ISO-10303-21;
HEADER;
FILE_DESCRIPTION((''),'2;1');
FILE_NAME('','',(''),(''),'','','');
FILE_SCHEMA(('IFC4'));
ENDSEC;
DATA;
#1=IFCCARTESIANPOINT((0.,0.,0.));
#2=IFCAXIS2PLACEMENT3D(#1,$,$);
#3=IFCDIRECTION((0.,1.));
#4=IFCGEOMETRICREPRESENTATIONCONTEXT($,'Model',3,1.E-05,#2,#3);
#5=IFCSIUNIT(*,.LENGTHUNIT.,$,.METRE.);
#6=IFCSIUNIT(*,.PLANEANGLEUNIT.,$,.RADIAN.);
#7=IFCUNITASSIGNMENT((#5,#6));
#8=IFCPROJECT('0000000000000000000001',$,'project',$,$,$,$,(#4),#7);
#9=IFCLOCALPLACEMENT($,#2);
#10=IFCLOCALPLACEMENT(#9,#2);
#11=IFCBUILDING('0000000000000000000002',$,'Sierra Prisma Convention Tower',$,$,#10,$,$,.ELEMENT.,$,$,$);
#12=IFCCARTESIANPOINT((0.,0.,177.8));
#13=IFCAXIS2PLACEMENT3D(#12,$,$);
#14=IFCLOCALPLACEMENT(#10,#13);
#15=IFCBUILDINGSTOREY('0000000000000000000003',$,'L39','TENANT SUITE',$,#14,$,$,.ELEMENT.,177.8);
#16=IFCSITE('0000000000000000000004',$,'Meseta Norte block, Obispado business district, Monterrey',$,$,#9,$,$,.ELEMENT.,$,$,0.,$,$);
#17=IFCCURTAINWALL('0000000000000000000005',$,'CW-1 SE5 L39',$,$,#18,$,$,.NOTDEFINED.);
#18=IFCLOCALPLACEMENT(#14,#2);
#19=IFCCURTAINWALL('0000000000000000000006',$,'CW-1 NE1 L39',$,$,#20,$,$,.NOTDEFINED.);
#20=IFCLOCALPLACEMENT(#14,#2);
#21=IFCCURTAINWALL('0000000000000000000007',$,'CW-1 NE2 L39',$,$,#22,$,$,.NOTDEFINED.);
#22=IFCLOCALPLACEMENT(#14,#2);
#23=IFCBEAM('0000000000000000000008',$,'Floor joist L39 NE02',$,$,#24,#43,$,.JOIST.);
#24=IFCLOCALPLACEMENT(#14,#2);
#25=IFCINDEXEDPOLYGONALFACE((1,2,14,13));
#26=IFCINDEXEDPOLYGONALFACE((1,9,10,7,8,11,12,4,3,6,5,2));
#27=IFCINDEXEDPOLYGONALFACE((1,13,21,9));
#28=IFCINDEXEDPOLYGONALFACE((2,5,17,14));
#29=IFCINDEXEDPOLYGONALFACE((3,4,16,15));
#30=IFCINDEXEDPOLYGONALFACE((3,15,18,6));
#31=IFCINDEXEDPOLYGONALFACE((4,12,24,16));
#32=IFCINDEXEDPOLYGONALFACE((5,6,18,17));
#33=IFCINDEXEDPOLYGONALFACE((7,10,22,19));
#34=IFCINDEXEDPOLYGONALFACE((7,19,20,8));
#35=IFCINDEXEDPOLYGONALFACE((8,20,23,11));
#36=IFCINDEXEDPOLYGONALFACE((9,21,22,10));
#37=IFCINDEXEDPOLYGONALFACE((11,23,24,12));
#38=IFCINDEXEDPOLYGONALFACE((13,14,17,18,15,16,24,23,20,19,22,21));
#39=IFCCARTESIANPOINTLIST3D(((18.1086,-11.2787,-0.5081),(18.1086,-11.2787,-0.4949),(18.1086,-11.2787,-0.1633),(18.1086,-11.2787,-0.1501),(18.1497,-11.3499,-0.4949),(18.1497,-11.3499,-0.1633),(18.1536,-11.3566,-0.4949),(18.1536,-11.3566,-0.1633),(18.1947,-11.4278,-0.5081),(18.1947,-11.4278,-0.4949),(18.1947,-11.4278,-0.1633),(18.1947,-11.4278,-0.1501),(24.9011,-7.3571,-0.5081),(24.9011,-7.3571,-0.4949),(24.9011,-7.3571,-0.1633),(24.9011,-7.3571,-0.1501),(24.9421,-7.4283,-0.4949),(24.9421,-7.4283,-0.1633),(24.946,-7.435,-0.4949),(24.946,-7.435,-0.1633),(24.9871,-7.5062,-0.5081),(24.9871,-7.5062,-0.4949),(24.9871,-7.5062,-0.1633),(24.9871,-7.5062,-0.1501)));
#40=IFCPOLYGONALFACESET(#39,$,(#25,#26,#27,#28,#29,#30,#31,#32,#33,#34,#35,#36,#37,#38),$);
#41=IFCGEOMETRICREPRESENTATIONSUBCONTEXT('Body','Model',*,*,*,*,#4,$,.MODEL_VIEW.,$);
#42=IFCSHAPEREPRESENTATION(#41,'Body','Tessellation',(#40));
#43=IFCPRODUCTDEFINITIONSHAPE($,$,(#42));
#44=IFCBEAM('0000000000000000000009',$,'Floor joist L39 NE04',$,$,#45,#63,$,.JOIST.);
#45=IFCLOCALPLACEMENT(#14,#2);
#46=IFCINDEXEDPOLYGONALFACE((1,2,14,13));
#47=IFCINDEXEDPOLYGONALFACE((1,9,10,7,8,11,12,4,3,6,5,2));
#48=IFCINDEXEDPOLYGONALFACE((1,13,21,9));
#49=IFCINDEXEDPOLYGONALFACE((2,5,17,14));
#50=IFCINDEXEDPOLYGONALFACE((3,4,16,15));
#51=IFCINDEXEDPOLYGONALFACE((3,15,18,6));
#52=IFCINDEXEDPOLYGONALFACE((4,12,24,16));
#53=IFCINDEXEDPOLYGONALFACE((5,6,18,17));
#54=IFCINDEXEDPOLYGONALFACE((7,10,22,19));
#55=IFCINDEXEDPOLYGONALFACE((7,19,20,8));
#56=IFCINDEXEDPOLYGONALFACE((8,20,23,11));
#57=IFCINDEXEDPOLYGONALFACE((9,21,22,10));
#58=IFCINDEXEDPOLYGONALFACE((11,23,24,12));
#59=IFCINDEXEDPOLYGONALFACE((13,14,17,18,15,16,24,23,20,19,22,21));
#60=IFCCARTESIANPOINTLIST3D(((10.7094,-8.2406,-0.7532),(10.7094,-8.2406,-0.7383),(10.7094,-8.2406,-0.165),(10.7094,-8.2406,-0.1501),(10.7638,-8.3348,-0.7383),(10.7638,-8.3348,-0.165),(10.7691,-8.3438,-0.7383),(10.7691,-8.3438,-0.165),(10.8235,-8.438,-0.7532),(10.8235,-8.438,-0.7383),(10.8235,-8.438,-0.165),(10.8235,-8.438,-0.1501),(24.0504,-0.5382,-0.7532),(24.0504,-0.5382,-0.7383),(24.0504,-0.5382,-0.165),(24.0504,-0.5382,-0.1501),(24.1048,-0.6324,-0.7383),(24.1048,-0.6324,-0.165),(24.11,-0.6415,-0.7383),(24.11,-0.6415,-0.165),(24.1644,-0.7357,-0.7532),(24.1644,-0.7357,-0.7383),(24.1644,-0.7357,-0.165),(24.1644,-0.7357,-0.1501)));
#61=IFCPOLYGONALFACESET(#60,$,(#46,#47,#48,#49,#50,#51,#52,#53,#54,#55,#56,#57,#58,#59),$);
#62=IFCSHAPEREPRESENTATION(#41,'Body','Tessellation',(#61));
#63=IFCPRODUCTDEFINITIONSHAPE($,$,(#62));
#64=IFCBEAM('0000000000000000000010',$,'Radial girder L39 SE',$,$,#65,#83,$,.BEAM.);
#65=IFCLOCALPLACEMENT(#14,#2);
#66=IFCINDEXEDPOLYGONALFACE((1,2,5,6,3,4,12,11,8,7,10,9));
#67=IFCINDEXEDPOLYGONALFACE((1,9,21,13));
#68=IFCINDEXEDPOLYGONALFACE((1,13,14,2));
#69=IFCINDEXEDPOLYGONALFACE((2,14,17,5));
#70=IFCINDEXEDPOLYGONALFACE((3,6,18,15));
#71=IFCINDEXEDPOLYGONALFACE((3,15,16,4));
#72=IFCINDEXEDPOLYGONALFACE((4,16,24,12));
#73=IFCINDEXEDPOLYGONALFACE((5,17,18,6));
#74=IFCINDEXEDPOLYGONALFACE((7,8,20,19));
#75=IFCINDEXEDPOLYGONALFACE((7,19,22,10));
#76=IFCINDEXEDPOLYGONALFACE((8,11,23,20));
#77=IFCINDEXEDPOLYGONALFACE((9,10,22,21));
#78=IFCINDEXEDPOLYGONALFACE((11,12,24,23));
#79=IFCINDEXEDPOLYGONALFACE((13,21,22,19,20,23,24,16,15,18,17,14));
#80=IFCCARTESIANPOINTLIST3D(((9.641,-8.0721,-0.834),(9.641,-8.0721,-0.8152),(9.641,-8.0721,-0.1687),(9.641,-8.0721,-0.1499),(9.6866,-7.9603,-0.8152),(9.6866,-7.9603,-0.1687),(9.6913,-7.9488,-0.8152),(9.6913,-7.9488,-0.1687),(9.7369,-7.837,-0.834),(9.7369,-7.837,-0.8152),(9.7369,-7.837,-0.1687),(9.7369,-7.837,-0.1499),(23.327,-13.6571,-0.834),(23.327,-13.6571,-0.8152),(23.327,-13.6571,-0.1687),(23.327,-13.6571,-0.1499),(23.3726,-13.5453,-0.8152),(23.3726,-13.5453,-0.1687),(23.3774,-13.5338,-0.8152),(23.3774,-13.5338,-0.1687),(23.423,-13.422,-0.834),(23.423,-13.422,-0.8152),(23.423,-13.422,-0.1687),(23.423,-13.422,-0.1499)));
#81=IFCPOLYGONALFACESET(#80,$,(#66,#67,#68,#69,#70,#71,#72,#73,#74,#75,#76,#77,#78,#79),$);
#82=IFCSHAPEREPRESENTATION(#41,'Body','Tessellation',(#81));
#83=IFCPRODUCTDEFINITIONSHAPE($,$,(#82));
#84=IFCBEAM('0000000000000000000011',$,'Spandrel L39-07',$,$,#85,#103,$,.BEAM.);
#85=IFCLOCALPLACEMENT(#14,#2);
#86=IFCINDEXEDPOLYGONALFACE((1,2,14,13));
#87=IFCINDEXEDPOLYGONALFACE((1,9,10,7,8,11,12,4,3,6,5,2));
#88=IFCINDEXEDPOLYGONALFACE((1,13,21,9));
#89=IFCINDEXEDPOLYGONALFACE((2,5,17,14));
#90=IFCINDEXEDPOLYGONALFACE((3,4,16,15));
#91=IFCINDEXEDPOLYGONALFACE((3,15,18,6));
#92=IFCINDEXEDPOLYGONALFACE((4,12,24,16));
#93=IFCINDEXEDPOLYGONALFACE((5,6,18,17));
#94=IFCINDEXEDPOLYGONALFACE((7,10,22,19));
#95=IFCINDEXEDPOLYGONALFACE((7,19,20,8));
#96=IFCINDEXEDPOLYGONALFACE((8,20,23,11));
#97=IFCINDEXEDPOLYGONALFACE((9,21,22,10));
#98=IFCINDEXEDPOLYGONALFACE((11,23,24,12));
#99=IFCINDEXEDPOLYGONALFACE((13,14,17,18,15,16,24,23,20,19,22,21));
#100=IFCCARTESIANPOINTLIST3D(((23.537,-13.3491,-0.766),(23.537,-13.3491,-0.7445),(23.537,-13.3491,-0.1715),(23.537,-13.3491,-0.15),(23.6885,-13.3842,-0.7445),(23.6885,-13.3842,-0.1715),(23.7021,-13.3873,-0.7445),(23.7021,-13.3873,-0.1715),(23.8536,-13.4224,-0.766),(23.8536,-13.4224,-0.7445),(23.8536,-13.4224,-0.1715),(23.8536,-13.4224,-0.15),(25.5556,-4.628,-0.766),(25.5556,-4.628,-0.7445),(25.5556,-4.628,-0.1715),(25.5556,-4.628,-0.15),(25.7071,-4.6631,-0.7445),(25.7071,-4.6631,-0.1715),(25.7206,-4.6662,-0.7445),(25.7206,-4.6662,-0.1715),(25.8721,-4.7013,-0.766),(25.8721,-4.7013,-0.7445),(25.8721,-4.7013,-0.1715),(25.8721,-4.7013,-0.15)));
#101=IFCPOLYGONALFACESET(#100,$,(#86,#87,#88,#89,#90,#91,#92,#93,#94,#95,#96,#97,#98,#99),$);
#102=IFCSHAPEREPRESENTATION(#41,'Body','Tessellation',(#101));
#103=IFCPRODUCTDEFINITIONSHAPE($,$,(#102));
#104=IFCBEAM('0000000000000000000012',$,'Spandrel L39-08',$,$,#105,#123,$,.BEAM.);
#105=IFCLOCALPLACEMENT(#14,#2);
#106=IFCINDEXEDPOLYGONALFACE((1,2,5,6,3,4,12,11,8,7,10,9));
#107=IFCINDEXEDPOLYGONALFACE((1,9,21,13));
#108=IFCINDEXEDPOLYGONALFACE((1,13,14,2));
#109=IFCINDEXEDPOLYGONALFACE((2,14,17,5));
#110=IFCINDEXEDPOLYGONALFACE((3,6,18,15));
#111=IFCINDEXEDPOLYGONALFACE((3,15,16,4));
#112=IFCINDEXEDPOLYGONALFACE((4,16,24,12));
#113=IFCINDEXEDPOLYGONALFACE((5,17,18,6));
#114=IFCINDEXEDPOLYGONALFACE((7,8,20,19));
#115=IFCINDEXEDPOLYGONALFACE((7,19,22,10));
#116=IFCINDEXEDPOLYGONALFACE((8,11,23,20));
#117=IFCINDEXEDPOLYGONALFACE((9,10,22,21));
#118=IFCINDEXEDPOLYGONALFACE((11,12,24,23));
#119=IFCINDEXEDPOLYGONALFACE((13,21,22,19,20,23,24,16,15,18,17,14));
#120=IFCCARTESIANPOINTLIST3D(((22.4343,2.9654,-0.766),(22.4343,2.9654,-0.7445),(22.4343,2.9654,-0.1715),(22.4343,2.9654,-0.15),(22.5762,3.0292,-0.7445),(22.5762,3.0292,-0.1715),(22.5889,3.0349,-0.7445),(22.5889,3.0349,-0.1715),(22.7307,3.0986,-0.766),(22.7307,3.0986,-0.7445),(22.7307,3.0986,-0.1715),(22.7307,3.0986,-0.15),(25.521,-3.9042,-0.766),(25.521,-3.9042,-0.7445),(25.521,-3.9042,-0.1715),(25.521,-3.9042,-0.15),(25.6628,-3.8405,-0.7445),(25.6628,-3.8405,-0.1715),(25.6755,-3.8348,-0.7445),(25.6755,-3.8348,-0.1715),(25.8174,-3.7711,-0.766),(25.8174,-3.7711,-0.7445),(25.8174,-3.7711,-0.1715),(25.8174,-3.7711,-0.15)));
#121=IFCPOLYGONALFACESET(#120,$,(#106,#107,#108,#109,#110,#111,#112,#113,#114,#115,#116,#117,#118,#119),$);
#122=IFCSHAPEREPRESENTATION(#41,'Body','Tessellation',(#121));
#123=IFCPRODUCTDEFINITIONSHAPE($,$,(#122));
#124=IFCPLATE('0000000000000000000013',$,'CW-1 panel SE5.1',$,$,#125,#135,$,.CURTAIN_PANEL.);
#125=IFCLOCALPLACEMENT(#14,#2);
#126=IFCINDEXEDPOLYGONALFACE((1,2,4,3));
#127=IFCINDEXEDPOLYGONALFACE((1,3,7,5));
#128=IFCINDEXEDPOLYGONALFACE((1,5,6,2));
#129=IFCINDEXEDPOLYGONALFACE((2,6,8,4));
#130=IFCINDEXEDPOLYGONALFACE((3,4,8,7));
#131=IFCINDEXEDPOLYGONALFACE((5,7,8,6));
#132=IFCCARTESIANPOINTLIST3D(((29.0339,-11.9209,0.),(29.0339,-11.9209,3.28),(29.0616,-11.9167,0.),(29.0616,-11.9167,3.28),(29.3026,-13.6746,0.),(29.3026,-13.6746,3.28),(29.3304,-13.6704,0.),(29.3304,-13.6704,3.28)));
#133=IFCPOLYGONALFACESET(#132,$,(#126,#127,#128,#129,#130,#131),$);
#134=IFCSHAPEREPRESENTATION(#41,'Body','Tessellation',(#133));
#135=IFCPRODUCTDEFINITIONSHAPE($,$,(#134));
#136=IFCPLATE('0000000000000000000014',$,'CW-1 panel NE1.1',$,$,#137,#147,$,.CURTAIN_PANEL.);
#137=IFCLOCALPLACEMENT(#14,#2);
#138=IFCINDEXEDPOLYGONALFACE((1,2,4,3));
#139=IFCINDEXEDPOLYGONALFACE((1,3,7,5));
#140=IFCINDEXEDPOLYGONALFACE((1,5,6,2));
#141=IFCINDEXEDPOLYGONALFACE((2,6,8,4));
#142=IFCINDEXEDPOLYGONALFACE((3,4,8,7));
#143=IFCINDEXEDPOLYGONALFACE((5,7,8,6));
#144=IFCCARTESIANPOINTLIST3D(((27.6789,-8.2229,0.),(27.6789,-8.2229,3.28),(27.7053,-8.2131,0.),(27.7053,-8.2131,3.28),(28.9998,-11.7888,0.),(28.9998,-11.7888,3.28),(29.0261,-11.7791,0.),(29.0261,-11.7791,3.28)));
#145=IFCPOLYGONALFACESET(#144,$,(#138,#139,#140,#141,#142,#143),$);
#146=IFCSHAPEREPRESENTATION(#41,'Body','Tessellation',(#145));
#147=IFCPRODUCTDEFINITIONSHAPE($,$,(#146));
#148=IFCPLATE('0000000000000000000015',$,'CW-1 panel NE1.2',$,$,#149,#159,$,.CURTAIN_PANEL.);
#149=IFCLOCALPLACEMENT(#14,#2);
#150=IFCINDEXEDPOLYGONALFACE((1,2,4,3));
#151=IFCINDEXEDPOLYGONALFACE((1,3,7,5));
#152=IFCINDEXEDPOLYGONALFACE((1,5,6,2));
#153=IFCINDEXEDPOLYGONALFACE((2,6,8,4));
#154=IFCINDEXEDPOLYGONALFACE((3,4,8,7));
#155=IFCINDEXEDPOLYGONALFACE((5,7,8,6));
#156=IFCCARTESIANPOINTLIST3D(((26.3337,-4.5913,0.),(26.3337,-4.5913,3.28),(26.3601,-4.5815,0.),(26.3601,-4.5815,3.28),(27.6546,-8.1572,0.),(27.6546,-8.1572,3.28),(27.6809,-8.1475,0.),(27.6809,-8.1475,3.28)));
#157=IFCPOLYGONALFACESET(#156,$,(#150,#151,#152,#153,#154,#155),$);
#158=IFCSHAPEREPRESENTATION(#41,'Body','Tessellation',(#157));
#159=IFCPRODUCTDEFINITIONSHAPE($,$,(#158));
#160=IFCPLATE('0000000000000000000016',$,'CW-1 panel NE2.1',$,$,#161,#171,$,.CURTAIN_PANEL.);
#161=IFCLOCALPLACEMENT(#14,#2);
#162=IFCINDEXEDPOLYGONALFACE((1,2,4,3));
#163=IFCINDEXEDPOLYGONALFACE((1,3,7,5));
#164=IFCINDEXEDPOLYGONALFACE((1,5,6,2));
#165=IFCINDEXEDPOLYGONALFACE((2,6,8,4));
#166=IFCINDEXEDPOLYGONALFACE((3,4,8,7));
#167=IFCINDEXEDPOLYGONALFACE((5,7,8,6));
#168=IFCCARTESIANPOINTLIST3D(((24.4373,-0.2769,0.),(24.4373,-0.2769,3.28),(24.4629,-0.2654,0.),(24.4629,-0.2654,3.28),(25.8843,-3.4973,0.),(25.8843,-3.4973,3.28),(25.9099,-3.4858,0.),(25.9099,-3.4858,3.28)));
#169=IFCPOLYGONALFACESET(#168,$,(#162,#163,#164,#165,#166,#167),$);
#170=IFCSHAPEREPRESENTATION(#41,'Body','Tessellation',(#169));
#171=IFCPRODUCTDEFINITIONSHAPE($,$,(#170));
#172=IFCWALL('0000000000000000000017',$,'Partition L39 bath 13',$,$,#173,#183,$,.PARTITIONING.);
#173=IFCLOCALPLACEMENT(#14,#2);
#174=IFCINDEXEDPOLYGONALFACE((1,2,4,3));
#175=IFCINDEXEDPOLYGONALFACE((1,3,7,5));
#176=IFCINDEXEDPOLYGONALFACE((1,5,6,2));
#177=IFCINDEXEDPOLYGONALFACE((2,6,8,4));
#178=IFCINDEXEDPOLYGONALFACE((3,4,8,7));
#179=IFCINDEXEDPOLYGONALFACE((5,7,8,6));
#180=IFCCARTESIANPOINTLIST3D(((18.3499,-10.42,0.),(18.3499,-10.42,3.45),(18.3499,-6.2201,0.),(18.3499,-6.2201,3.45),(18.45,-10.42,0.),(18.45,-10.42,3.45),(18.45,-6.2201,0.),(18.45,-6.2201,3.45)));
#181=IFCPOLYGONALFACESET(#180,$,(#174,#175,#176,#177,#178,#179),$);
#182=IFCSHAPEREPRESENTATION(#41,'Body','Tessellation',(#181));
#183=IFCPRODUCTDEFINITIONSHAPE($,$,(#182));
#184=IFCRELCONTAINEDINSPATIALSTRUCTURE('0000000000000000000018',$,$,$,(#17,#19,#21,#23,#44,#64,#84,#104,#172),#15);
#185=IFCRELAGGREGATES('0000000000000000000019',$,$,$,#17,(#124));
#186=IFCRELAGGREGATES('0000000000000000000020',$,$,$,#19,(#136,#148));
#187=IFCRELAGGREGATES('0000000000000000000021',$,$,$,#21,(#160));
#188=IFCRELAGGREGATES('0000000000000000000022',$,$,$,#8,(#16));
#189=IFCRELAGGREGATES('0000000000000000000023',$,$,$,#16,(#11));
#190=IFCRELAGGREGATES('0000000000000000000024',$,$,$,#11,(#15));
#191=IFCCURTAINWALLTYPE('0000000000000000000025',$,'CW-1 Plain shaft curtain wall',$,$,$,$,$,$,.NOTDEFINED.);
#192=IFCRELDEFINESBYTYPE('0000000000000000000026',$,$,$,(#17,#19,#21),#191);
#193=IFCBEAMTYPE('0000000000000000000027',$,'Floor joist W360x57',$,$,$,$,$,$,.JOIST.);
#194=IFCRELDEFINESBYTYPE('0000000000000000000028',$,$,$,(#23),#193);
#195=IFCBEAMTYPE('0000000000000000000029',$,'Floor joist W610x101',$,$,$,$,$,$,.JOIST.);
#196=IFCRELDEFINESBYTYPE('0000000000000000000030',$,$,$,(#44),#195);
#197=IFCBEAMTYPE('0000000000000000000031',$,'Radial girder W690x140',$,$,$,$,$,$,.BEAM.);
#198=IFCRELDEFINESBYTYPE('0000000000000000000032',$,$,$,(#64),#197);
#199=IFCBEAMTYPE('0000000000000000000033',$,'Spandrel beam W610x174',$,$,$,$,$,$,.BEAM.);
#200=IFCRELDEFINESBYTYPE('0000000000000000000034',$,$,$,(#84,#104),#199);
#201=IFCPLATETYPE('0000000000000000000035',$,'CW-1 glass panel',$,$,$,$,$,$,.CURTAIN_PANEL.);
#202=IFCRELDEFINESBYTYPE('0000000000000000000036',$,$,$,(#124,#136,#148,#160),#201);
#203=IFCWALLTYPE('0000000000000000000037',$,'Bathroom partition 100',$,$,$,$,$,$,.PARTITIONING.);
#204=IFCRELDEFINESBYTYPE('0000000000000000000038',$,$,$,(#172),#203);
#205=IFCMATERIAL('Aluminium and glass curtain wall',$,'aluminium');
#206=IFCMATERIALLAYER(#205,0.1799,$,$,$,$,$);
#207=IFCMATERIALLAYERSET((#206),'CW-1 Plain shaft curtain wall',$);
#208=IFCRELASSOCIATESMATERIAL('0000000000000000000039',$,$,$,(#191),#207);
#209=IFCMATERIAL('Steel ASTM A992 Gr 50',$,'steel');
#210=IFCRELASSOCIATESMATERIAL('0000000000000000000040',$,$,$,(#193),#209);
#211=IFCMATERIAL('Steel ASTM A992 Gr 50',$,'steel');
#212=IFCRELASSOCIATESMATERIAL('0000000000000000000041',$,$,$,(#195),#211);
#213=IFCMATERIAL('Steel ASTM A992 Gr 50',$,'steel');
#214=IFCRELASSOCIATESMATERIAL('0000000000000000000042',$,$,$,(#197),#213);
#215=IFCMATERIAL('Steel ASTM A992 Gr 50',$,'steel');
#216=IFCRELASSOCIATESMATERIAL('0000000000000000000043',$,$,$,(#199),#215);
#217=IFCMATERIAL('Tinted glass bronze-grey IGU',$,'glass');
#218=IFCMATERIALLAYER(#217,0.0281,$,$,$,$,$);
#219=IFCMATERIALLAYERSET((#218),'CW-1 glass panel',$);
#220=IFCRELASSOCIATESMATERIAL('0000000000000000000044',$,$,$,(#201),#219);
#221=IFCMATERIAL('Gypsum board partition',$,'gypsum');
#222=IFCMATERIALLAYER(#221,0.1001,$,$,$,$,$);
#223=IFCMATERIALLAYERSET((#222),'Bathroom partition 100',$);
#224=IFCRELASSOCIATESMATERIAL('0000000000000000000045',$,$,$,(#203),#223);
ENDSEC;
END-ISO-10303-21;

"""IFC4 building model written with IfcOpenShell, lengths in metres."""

from ifc_helpers import new_model, si_unit, direction, frame, frame_2d, origin, origin_2d, place, context, subcontext, project, spatial, rectangle, i_section, extrude, material, layer, layer_set, material_profile, profile_set, type_object, element, aggregate, save


model = new_model("IFC4")

# Units and contexts
model_context = context("Model", 3, precision=1e-05, world=origin(), true_north=direction((0.0, 1.0)))
body_context = subcontext(model_context, "Body", "Model", "MODEL_VIEW")
ifc_project = project(units=[si_unit("LENGTHUNIT", "METRE"), si_unit("PLANEANGLEUNIT", "RADIAN")], contexts=[model_context])

# Site, building, storey
site_placement = place(None, origin())
site = spatial("IfcSite", under=ifc_project, at=site_placement, Name="Meseta Norte block, Obispado business district, Monterrey", CompositionType="ELEMENT", RefElevation=0.0)
building_placement = place(site_placement, origin())
building = spatial("IfcBuilding", under=site, at=building_placement, Name="Sierra Prisma Convention Tower", CompositionType="ELEMENT")
storey_placement = place(building_placement, frame((0.0, 0.0, 177.8)))
storey = spatial("IfcBuildingStorey", under=building, at=storey_placement, Name="L39", Description="TENANT SUITE", CompositionType="ELEMENT", Elevation=177.8)

# Curtain wall
ifc_material_1 = material(Name="Aluminium and glass curtain wall", Category="aluminium")
ifc_layer_1 = layer(ifc_material_1, 0.1799)
ifc_layer_set_1 = layer_set([ifc_layer_1], Name="CW-1 Plain shaft curtain wall")
curtain_wall_type = type_object("IfcCurtainWallType", Name="CW-1 Plain shaft curtain wall", PredefinedType="NOTDEFINED", material=ifc_layer_set_1)
curtain_wall_1_placement = place(storey_placement, origin())
curtain_wall_1 = element("IfcCurtainWall", 1, at=curtain_wall_1_placement, inside=storey, type_object=curtain_wall_type, Name="CW-1 SE5 L39", PredefinedType="NOTDEFINED")

# Curtain walls
curtain_wall_2_placement = place(storey_placement, origin())
curtain_wall_2 = element("IfcCurtainWall", 2, at=curtain_wall_2_placement, inside=storey, type_object=curtain_wall_type, Name="CW-1 NE1 L39", PredefinedType="NOTDEFINED")
curtain_wall_3_placement = place(storey_placement, origin())
curtain_wall_3 = element("IfcCurtainWall", 3, at=curtain_wall_3_placement, inside=storey, type_object=curtain_wall_type, Name="CW-1 NE2 L39", PredefinedType="NOTDEFINED")

# Beams
ifc_material_2 = material(Name="Steel ASTM A992 Gr 50", Category="steel")
ifc_material_profile_1 = material_profile(ifc_material_2, i_section(OverallWidth=0.1721, OverallDepth=0.3579, WebThickness=0.0078, FlangeThickness=0.0132, at=origin_2d()), Name="W360x57")
ifc_profile_set_1 = profile_set([ifc_material_profile_1], Name="Steel ASTM A992 Gr 50")
beam_type_1 = type_object("IfcBeamType", Name="Floor joist W360x57", PredefinedType="JOIST", material=ifc_profile_set_1)
beam_1_placement = place(storey_placement, frame((24.9441, -7.4316, -0.3291), z_axis=(-0.866026, -0.499999, 0.0), x_axis=(0.499999, -0.866026, 0.0)))
element("IfcBeam", 4, at=beam_1_placement, inside=storey, type_object=beam_type_1, Name="Floor joist L39 NE02", PredefinedType="JOIST", context=body_context, shape_type="SweptSolid", body=[
    extrude(i_section(OverallWidth=0.1721, OverallDepth=0.3579, WebThickness=0.0078, FlangeThickness=0.0132, at=origin_2d()), origin(), (0.0, 0.0, 1.0), 7.8433),
])
ifc_material_3 = material(Name="Steel ASTM A992 Gr 50", Category="steel")
ifc_material_profile_2 = material_profile(ifc_material_3, i_section(OverallWidth=0.228, OverallDepth=0.603, WebThickness=0.0105, FlangeThickness=0.0149, at=origin_2d()), Name="W610x101")
ifc_profile_set_2 = profile_set([ifc_material_profile_2], Name="Steel ASTM A992 Gr 50")
beam_type_2 = type_object("IfcBeamType", Name="Floor joist W610x101", PredefinedType="JOIST", material=ifc_profile_set_2)
beam_2_placement = place(storey_placement, frame((24.1074, -0.637, -0.4517), z_axis=(-0.866027, -0.499996, 0.0), x_axis=(0.499996, -0.866027, 0.0)))
element("IfcBeam", 5, at=beam_2_placement, inside=storey, type_object=beam_type_2, Name="Floor joist L39 NE04", PredefinedType="JOIST", context=body_context, shape_type="SweptSolid", body=[
    extrude(i_section(OverallWidth=0.228, OverallDepth=0.603, WebThickness=0.0105, FlangeThickness=0.0149, at=origin_2d()), origin(), (0.0, 0.0, 1.0), 15.4048),
])
ifc_material_4 = material(Name="Steel ASTM A992 Gr 50", Category="steel")
ifc_material_profile_3 = material_profile(ifc_material_4, i_section(OverallWidth=0.2539, OverallDepth=0.6841, WebThickness=0.0125, FlangeThickness=0.0188, at=origin_2d()), Name="W690x140")
ifc_profile_set_3 = profile_set([ifc_material_profile_3], Name="Steel ASTM A992 Gr 50")
beam_type_3 = type_object("IfcBeamType", Name="Radial girder W690x140", PredefinedType="BEAM", material=ifc_profile_set_3)
beam_3_placement = place(storey_placement, frame((23.375, -13.5396, -0.4919), z_axis=(-0.925875, 0.377829, 0.0), x_axis=(-0.377829, -0.925875, 0.0)))
element("IfcBeam", 6, at=beam_3_placement, inside=storey, type_object=beam_type_3, Name="Radial girder L39 SE", PredefinedType="BEAM", context=body_context, shape_type="SweptSolid", body=[
    extrude(i_section(OverallWidth=0.2539, OverallDepth=0.6841, WebThickness=0.0125, FlangeThickness=0.0188, at=origin_2d()), origin(), (0.0, 0.0, 1.0), 14.7817),
])
ifc_material_5 = material(Name="Steel ASTM A992 Gr 50", Category="steel")
ifc_material_profile_4 = material_profile(ifc_material_5, i_section(OverallWidth=0.325, OverallDepth=0.616, WebThickness=0.0139, FlangeThickness=0.0215, at=origin_2d()), Name="W610x174")
ifc_profile_set_4 = profile_set([ifc_material_profile_4], Name="Steel ASTM A992 Gr 50")
beam_type_4 = type_object("IfcBeamType", Name="Spandrel beam W610x174", PredefinedType="BEAM", material=ifc_profile_set_4)
beam_4_placement = place(storey_placement, frame((23.6953, -13.3857, -0.458), z_axis=(0.225493, 0.974245, 0.0), x_axis=(-0.974245, 0.225493, 0.0)))
element("IfcBeam", 7, at=beam_4_placement, inside=storey, type_object=beam_type_4, Name="Spandrel L39-07", PredefinedType="BEAM", context=body_context, shape_type="SweptSolid", body=[
    extrude(i_section(OverallWidth=0.325, OverallDepth=0.616, WebThickness=0.0139, FlangeThickness=0.0215, at=origin_2d()), origin(), (0.0, 0.0, 1.0), 8.9517),
])
beam_5_placement = place(storey_placement, frame((25.6692, -3.8376, -0.458), z_axis=(-0.40985, 0.912153, 0.0), x_axis=(-0.912153, -0.40985, 0.0)))
element("IfcBeam", 8, at=beam_5_placement, inside=storey, type_object=beam_type_4, Name="Spandrel L39-08", PredefinedType="BEAM", context=body_context, shape_type="SweptSolid", body=[
    extrude(i_section(OverallWidth=0.325, OverallDepth=0.616, WebThickness=0.0139, FlangeThickness=0.0215, at=origin_2d()), origin(), (0.0, 0.0, 1.0), 7.5312),
])

# Plates
ifc_material_6 = material(Name="Tinted glass bronze-grey IGU", Category="glass")
ifc_layer_2 = layer(ifc_material_6, 0.0281)
ifc_layer_set_2 = layer_set([ifc_layer_2], Name="CW-1 glass panel")
plate_type = type_object("IfcPlateType", Name="CW-1 glass panel", PredefinedType="CURTAIN_PANEL", material=ifc_layer_set_2)
plate_1_placement = place(storey_placement, frame((29.1821, -12.7957, 0.0), z_axis=(0.0, 0.0, 1.0), x_axis=(-0.151467, 0.988462, 0.0)))
plate_1 = element("IfcPlate", 9, at=plate_1_placement, type_object=plate_type, Name="CW-1 panel SE5.1", PredefinedType="CURTAIN_PANEL", context=body_context, shape_type="SweptSolid", body=[
    extrude(rectangle(XDim=1.7742, YDim=0.0281, at=origin_2d()), origin(), (0.0, 0.0, 1.0), 3.28),
])
aggregate(curtain_wall_1, [plate_1])
plate_2_placement = place(storey_placement, frame((28.3525, -10.001, 0.0), z_axis=(0.0, 0.0, 1.0), x_axis=(-0.347344, 0.937738, 0.0)))
plate_2 = element("IfcPlate", 10, at=plate_2_placement, type_object=plate_type, Name="CW-1 panel NE1.1", PredefinedType="CURTAIN_PANEL", context=body_context, shape_type="SweptSolid", body=[
    extrude(rectangle(XDim=3.8027, YDim=0.0281, at=origin_2d()), origin(), (0.0, 0.0, 1.0), 3.28),
])
plate_3_placement = place(storey_placement, frame((27.0073, -6.3694, 0.0), z_axis=(0.0, 0.0, 1.0), x_axis=(-0.347344, 0.937738, 0.0)))
plate_3 = element("IfcPlate", 11, at=plate_3_placement, type_object=plate_type, Name="CW-1 panel NE1.2", PredefinedType="CURTAIN_PANEL", context=body_context, shape_type="SweptSolid", body=[
    extrude(rectangle(XDim=3.8027, YDim=0.0281, at=origin_2d()), origin(), (0.0, 0.0, 1.0), 3.28),
])
aggregate(curtain_wall_2, [plate_2, plate_3])
plate_4_placement = place(storey_placement, frame((25.1736, -1.8813, 0.0), z_axis=(0.0, 0.0, 1.0), x_axis=(-0.409843, 0.912156, 0.0)))
plate_4 = element("IfcPlate", 12, at=plate_4_placement, type_object=plate_type, Name="CW-1 panel NE2.1", PredefinedType="CURTAIN_PANEL", context=body_context, shape_type="SweptSolid", body=[
    extrude(rectangle(XDim=3.5305, YDim=0.0281, at=origin_2d()), origin(), (0.0, 0.0, 1.0), 3.28),
])
aggregate(curtain_wall_3, [plate_4])

# Wall
ifc_material_7 = material(Name="Gypsum board partition", Category="gypsum")
ifc_layer_3 = layer(ifc_material_7, 0.1001)
ifc_layer_set_3 = layer_set([ifc_layer_3], Name="Bathroom partition 100")
wall_type_1 = type_object("IfcWallType", Name="Bathroom partition 100", PredefinedType="PARTITIONING", material=ifc_layer_set_3)
wall_1_placement = place(storey_placement, frame((18.3999, -6.22, 0.0), z_axis=(0.0, 0.0, 1.0), x_axis=(0.0, -1.0, 0.0)))
element("IfcWall", 13, at=wall_1_placement, inside=storey, type_object=wall_type_1, Name="Partition L39 bath 13", PredefinedType="PARTITIONING", context=body_context, shape_type="SweptSolid", body=[
    extrude(rectangle(XDim=4.2, YDim=0.1001, at=frame_2d((2.1001, 0.0))), origin(), (0.0, 0.0, 1.0), 3.45),
])

save(model, "model.ifc")
